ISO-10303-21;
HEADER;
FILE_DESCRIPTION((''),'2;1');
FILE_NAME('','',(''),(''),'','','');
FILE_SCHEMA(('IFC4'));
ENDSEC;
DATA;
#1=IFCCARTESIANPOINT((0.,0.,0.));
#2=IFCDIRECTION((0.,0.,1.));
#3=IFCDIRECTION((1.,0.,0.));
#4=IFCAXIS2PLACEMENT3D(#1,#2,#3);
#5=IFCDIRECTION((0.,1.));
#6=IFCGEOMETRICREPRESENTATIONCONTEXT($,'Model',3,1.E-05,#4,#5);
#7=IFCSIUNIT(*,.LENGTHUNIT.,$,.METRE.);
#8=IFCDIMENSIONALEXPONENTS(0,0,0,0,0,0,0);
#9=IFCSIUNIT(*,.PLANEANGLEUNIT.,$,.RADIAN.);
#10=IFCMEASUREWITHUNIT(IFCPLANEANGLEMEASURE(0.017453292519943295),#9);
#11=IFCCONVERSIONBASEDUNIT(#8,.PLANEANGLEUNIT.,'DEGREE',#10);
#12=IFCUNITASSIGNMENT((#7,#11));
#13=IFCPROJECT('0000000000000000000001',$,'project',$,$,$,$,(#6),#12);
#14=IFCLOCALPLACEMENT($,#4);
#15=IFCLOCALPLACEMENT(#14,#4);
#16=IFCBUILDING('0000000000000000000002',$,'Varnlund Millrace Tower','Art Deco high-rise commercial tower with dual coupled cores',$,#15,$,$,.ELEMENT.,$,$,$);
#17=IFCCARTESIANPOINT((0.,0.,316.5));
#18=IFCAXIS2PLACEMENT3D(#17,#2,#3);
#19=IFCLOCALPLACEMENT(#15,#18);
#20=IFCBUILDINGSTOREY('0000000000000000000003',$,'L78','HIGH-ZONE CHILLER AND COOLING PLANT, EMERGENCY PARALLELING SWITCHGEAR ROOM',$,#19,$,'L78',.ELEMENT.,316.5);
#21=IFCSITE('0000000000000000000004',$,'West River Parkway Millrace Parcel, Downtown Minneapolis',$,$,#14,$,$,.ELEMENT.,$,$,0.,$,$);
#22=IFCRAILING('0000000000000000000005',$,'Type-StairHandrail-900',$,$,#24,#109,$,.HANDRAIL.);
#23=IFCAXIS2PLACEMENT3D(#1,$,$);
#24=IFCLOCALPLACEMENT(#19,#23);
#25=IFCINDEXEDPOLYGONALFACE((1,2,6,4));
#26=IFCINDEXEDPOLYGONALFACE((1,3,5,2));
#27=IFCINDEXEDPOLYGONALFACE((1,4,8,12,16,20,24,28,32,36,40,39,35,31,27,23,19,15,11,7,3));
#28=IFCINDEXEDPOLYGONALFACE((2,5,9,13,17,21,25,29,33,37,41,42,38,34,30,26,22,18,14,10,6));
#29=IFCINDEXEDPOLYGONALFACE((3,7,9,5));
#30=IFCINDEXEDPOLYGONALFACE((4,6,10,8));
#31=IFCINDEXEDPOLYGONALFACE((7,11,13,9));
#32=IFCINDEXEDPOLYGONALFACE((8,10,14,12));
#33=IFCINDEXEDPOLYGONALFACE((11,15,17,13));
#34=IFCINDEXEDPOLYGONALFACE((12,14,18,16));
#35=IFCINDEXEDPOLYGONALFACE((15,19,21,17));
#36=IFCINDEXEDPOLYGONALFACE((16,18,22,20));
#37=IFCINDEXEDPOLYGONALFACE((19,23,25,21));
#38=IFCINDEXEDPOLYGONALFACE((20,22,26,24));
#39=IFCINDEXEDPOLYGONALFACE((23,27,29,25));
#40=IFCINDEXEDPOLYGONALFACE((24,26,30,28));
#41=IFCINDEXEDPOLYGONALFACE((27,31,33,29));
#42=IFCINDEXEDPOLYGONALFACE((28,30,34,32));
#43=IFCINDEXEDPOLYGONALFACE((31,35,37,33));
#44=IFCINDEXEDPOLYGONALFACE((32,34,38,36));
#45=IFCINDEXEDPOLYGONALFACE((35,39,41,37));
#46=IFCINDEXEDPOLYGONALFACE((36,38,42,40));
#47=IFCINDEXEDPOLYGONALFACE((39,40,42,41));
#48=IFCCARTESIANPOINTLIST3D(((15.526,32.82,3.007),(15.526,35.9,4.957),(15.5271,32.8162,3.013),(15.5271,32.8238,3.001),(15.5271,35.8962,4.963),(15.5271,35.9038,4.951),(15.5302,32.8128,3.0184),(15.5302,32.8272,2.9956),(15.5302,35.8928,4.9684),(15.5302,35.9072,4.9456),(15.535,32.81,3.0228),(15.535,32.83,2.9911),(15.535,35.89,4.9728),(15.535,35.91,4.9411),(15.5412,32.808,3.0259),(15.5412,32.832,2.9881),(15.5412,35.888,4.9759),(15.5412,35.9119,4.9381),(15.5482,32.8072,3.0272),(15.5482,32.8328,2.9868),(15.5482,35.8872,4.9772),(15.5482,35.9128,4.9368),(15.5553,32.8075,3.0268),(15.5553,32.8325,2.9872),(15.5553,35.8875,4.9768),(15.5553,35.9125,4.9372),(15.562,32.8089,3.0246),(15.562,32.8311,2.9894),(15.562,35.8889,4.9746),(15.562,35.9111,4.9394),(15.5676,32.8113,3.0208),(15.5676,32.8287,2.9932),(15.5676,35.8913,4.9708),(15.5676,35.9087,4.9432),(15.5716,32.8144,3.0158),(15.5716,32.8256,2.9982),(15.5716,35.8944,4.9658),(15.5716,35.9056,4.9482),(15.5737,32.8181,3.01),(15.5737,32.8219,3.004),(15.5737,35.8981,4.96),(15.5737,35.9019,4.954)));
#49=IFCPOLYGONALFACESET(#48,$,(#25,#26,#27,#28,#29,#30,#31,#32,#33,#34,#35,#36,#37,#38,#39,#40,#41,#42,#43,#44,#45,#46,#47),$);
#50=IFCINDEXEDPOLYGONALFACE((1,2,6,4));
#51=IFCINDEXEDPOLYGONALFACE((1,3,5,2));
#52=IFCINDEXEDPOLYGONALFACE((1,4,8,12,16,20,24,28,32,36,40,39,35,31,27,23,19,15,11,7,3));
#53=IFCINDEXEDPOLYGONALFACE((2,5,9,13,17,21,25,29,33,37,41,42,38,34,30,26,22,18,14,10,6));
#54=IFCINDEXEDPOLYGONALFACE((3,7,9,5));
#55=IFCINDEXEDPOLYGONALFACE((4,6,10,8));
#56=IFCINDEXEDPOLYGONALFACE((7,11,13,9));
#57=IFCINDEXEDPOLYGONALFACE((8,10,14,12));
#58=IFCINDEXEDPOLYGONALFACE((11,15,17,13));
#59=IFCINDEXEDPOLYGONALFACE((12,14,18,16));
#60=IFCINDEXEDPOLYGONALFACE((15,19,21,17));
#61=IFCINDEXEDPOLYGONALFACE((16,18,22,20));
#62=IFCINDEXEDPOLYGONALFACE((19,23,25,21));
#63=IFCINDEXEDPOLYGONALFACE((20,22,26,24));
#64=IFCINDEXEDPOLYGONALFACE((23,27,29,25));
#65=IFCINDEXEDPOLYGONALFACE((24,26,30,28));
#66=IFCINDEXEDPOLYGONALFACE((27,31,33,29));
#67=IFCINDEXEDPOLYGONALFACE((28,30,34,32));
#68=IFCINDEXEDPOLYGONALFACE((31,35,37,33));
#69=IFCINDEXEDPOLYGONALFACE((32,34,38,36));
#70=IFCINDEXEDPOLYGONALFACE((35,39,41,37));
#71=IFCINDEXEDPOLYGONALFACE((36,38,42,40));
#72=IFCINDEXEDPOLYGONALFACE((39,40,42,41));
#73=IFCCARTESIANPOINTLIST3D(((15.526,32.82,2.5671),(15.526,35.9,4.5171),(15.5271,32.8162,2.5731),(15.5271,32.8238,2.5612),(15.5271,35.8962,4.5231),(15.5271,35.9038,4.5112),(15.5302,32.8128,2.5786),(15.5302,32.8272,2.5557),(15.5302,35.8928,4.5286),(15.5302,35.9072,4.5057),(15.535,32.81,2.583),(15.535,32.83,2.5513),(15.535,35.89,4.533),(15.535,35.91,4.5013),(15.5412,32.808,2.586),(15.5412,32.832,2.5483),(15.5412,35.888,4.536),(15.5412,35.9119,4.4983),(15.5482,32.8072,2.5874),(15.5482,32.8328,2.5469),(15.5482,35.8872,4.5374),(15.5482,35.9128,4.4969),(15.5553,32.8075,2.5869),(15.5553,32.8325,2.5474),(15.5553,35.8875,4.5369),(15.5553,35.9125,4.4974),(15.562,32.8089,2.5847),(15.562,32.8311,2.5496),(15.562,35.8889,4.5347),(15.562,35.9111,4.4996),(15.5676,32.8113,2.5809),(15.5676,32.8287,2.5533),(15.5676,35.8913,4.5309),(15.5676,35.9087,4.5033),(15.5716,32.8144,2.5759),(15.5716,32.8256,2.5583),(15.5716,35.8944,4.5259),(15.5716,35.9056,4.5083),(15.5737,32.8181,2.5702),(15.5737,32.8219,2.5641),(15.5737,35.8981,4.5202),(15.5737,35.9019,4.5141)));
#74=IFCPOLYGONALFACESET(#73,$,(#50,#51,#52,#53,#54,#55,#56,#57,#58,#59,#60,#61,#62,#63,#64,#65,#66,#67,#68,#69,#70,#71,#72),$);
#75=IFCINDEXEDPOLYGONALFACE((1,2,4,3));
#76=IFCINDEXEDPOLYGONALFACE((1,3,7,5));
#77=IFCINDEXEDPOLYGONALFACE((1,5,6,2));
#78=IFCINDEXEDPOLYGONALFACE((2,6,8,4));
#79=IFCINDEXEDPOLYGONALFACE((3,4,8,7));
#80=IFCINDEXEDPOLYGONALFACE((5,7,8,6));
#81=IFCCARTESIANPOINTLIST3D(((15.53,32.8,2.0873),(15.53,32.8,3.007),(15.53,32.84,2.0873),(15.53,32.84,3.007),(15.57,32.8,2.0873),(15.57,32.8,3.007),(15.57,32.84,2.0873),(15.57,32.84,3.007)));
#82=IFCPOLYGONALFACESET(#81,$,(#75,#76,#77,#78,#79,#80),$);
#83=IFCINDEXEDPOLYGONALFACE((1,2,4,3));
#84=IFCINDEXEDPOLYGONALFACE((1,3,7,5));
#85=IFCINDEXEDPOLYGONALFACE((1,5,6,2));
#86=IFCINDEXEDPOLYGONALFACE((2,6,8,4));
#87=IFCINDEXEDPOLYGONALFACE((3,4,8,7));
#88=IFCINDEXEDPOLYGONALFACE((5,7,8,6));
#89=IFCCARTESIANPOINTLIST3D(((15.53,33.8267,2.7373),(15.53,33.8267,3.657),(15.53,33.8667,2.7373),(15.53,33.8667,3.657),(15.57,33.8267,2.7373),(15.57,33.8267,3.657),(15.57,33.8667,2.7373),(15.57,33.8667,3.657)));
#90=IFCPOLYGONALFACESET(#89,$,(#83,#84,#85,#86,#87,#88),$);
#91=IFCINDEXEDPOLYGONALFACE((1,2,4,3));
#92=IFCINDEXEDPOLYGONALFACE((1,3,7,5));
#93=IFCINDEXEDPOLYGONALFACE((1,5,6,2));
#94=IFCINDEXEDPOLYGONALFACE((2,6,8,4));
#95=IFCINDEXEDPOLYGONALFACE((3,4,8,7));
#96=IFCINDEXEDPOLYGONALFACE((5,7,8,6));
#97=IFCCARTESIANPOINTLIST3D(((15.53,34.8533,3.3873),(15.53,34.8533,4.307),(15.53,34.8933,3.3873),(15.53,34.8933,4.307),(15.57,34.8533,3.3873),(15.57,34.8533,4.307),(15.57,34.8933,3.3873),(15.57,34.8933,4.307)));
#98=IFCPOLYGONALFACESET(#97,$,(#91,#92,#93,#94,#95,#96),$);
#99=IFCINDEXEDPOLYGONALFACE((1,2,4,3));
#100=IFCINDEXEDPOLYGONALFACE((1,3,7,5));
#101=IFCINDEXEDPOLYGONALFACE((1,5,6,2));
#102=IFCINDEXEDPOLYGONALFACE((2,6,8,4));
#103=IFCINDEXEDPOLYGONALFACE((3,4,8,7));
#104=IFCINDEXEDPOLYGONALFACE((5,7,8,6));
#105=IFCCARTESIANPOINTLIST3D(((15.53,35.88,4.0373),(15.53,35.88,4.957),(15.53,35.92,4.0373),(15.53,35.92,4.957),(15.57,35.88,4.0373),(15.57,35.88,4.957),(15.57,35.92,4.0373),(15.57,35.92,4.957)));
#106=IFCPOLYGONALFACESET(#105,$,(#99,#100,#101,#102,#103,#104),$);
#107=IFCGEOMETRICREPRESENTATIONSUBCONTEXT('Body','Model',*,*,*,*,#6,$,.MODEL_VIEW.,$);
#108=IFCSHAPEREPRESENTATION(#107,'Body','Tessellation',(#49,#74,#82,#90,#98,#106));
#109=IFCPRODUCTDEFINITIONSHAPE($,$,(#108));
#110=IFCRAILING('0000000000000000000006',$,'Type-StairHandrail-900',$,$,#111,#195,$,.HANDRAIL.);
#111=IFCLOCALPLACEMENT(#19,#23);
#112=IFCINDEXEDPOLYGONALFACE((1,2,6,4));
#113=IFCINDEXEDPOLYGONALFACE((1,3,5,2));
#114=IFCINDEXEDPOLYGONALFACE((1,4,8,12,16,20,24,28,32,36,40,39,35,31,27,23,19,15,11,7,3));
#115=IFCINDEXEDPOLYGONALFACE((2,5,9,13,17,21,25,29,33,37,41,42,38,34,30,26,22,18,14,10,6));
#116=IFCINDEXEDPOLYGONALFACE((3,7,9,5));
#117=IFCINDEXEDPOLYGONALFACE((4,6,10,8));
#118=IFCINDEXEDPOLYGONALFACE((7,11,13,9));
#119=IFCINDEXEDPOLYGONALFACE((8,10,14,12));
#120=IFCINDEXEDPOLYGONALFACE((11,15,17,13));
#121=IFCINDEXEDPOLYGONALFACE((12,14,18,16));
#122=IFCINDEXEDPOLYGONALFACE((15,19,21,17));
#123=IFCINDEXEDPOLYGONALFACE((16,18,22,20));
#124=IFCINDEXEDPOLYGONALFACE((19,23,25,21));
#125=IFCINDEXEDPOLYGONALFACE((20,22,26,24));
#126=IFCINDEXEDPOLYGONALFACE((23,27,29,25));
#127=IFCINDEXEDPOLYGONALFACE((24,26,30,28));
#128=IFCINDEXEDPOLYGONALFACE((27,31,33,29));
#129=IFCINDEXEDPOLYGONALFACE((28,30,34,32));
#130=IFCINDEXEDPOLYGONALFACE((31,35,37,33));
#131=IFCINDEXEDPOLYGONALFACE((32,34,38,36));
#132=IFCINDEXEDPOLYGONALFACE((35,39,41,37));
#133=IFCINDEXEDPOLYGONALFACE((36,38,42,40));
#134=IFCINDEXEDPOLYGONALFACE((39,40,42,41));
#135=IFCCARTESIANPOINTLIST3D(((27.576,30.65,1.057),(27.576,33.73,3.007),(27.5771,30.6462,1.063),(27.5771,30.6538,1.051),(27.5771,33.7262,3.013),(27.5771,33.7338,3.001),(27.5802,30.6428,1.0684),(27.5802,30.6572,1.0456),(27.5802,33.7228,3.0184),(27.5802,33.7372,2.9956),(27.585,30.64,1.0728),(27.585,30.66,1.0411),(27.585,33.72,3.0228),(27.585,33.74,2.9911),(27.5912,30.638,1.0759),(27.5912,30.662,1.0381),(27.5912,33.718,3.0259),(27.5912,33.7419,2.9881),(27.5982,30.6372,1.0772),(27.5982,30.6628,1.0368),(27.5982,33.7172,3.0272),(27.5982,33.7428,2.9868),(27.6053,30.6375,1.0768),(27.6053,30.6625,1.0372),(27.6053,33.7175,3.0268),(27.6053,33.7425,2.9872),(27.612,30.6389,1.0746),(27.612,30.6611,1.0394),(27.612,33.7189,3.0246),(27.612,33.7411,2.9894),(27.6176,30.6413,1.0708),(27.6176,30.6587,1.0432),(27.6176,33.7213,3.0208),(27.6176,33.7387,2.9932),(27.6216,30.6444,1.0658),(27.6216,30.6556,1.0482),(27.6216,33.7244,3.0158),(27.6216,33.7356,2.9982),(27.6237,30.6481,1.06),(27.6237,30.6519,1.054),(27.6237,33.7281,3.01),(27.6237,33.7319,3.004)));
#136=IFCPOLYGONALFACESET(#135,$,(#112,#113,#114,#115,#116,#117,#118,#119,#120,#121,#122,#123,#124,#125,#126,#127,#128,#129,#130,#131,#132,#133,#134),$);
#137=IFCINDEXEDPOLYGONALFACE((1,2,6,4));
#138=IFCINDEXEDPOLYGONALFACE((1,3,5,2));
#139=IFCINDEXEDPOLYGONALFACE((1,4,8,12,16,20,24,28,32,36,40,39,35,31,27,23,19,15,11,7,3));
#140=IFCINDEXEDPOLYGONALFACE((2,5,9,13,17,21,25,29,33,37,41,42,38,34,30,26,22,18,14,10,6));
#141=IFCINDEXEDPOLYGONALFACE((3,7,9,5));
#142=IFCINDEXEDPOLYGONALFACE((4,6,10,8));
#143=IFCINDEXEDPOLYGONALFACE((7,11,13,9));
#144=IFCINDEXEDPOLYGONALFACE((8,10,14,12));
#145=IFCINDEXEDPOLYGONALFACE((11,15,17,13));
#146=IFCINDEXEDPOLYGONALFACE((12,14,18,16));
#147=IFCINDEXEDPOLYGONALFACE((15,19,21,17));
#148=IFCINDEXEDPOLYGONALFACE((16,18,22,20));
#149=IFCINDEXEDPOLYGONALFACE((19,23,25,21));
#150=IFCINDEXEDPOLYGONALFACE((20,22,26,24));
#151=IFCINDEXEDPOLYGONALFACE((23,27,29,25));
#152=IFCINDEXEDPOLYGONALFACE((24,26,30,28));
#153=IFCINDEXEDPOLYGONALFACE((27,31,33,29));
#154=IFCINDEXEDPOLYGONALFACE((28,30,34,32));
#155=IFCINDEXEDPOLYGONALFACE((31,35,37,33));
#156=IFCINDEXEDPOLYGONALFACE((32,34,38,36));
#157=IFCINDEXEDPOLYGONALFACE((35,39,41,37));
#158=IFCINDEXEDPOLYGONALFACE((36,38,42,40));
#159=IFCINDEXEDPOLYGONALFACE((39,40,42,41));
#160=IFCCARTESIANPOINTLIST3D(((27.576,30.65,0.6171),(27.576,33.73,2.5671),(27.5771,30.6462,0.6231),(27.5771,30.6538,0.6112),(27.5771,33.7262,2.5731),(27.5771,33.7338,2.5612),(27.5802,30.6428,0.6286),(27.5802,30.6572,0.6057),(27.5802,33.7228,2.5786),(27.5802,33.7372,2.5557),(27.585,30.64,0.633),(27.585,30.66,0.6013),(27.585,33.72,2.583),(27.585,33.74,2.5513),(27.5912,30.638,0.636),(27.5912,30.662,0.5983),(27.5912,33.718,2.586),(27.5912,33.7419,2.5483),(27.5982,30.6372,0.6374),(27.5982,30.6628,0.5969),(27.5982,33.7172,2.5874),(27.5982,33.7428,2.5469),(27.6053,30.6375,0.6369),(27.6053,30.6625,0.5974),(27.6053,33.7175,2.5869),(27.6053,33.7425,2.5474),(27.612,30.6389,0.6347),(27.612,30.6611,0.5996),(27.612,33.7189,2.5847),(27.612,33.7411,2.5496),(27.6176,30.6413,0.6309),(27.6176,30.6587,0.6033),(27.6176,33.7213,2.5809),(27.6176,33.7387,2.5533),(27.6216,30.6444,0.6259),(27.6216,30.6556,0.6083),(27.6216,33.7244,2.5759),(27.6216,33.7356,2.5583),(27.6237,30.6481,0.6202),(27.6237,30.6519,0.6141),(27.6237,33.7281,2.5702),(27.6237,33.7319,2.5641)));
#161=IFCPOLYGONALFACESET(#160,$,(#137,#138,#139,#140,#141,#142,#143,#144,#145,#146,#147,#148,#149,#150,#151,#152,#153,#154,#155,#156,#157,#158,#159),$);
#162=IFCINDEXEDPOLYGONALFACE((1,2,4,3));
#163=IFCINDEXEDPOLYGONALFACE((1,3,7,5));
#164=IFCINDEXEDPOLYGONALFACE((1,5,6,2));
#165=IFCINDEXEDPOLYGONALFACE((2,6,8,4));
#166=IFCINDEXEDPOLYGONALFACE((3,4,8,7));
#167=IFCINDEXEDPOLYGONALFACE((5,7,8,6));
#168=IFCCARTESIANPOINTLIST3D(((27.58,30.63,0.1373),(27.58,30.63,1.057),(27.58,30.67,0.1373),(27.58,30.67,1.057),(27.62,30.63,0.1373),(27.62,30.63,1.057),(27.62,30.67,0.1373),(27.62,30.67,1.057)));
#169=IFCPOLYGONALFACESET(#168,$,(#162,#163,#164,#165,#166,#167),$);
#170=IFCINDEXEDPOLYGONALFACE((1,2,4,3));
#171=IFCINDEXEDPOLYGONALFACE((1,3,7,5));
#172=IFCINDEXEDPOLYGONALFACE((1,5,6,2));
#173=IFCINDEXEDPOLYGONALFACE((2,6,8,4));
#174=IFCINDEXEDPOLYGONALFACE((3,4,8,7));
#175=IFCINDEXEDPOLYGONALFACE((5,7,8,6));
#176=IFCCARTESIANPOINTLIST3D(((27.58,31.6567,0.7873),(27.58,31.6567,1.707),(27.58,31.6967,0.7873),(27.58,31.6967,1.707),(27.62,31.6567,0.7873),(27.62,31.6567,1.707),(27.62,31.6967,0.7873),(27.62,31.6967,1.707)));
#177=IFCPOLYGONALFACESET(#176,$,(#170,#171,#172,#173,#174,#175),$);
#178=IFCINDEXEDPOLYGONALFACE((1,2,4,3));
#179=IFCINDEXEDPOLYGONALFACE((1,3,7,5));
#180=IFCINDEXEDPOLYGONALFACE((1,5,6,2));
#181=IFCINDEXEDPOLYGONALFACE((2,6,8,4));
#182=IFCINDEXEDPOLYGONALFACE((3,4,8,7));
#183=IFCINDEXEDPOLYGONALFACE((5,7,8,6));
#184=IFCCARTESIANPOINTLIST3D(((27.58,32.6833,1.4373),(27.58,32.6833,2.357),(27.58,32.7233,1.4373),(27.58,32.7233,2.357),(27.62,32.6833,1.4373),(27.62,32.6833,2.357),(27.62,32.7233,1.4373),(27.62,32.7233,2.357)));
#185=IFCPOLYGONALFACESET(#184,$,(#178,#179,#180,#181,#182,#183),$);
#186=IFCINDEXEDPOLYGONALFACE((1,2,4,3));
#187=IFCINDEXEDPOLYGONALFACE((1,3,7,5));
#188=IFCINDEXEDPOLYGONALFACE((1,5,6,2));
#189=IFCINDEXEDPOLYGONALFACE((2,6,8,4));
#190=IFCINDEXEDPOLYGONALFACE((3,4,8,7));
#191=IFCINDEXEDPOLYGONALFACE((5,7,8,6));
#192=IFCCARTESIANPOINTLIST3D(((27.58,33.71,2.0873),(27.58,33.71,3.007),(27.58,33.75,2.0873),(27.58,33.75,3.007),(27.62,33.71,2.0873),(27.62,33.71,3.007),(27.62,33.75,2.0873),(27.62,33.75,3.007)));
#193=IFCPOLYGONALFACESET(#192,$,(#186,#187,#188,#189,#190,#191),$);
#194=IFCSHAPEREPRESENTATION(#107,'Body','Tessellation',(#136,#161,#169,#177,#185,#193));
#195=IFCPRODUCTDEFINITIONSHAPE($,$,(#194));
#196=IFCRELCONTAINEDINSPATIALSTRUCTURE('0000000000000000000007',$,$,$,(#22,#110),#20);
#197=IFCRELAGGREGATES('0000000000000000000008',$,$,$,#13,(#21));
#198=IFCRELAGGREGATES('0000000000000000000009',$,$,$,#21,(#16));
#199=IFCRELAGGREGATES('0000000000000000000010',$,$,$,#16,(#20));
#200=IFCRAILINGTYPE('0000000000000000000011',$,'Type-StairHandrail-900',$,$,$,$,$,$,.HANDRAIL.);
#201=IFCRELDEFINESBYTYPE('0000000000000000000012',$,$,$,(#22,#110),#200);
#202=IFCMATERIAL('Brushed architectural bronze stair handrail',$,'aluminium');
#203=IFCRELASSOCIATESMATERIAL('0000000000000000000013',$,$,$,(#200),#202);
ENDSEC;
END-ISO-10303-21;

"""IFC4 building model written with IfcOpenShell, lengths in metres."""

from ifc_helpers import new_model, entity, si_unit, converted_unit, direction, frame, origin_with_axes, origin_2d_with_axis, place, context, subcontext, project, spatial, rectangle, circle, extrude, material, type_object, element, save


model = new_model("IFC4")

# Units and contexts
model_context = context("Model", 3, precision=1e-05, world=origin_with_axes(), true_north=direction((0.0, 1.0)))
body_context = subcontext(model_context, "Body", "Model", "MODEL_VIEW")
ifc_project = project(units=[si_unit("LENGTHUNIT", "METRE"), converted_unit("PLANEANGLEUNIT", "DEGREE", entity("IfcPlaneAngleMeasure", 0.017453292519943295), si_unit("PLANEANGLEUNIT", "RADIAN"), dimensions=[0, 0, 0, 0, 0, 0, 0])], contexts=[model_context])

# Site, building, storey
site_placement = place(None, origin_with_axes())
site = spatial("IfcSite", under=ifc_project, at=site_placement, Name="West River Parkway Millrace Parcel, Downtown Minneapolis", CompositionType="ELEMENT", RefElevation=0.0)
building_placement = place(site_placement, origin_with_axes())
building = spatial("IfcBuilding", under=site, at=building_placement, Name="Varnlund Millrace Tower", Description="Art Deco high-rise commercial tower with dual coupled cores", CompositionType="ELEMENT")
storey_placement = place(building_placement, frame((0.0, 0.0, 316.5), z_axis=(0.0, 0.0, 1.0), x_axis=(1.0, 0.0, 0.0)))
storey = spatial("IfcBuildingStorey", under=building, at=storey_placement, Name="L78", Description="HIGH-ZONE CHILLER AND COOLING PLANT, EMERGENCY PARALLELING SWITCHGEAR ROOM", LongName="L78", CompositionType="ELEMENT", Elevation=316.5)

# Railings
ifc_material_1 = material(Name="Brushed architectural bronze stair handrail", Category="aluminium")
railing_type_1 = type_object("IfcRailingType", Name="Type-StairHandrail-900", PredefinedType="HANDRAIL", material=ifc_material_1)
railing_1_placement = place(storey_placement, frame((0.0, 0.0, -316.5), z_axis=(0.0, 0.0, 1.0), x_axis=(1.0, 0.0, 0.0)))
element("IfcRailing", 1, at=railing_1_placement, inside=storey, type_object=railing_type_1, Name="Type-StairHandrail-900", PredefinedType="HANDRAIL", context=body_context, shape_type="SweptSolid", body=[
    extrude(circle(Radius=0.024, at=origin_2d_with_axis()), frame((15.55, 32.82, 319.507), z_axis=(0.0, 0.844902, 0.534922), x_axis=(-1.0, 0.0, 0.0)), (0.0, 0.0, 1.0), 3.6454),
    extrude(circle(Radius=0.024, at=origin_2d_with_axis()), frame((15.55, 32.82, 319.0671), z_axis=(0.0, 0.844902, 0.534922), x_axis=(-1.0, 0.0, 0.0)), (0.0, 0.0, 1.0), 3.6454),
    extrude(rectangle(XDim=0.04, YDim=0.04, at=origin_2d_with_axis()), frame((15.55, 32.82, 318.5873), z_axis=(0.0, 0.0, 1.0), x_axis=(1.0, 0.0, 0.0)), (0.0, 0.0, 1.0), 0.9197),
    extrude(rectangle(XDim=0.04, YDim=0.04, at=origin_2d_with_axis()), frame((15.55, 33.8467, 319.2373), z_axis=(0.0, 0.0, 1.0), x_axis=(1.0, 0.0, 0.0)), (0.0, 0.0, 1.0), 0.9197),
    extrude(rectangle(XDim=0.04, YDim=0.04, at=origin_2d_with_axis()), frame((15.55, 34.8733, 319.8873), z_axis=(0.0, 0.0, 1.0), x_axis=(1.0, 0.0, 0.0)), (0.0, 0.0, 1.0), 0.9197),
    extrude(rectangle(XDim=0.04, YDim=0.04, at=origin_2d_with_axis()), frame((15.55, 35.9, 320.5373), z_axis=(0.0, 0.0, 1.0), x_axis=(1.0, 0.0, 0.0)), (0.0, 0.0, 1.0), 0.9197),
])
railing_2_placement = place(storey_placement, frame((0.0, 0.0, -316.5), z_axis=(0.0, 0.0, 1.0), x_axis=(1.0, 0.0, 0.0)))
element("IfcRailing", 2, at=railing_2_placement, inside=storey, type_object=railing_type_1, Name="Type-StairHandrail-900", PredefinedType="HANDRAIL", context=body_context, shape_type="SweptSolid", body=[
    extrude(circle(Radius=0.024, at=origin_2d_with_axis()), frame((27.6, 30.65, 317.557), z_axis=(0.0, 0.844902, 0.534922), x_axis=(-1.0, 0.0, 0.0)), (0.0, 0.0, 1.0), 3.6454),
    extrude(circle(Radius=0.024, at=origin_2d_with_axis()), frame((27.6, 30.65, 317.1171), z_axis=(0.0, 0.844902, 0.534922), x_axis=(-1.0, 0.0, 0.0)), (0.0, 0.0, 1.0), 3.6454),
    extrude(rectangle(XDim=0.04, YDim=0.04, at=origin_2d_with_axis()), frame((27.6, 30.65, 316.6373), z_axis=(0.0, 0.0, 1.0), x_axis=(1.0, 0.0, 0.0)), (0.0, 0.0, 1.0), 0.9197),
    extrude(rectangle(XDim=0.04, YDim=0.04, at=origin_2d_with_axis()), frame((27.6, 31.6767, 317.2873), z_axis=(0.0, 0.0, 1.0), x_axis=(1.0, 0.0, 0.0)), (0.0, 0.0, 1.0), 0.9197),
    extrude(rectangle(XDim=0.04, YDim=0.04, at=origin_2d_with_axis()), frame((27.6, 32.7033, 317.9373), z_axis=(0.0, 0.0, 1.0), x_axis=(1.0, 0.0, 0.0)), (0.0, 0.0, 1.0), 0.9197),
    extrude(rectangle(XDim=0.04, YDim=0.04, at=origin_2d_with_axis()), frame((27.6, 33.73, 318.5873), z_axis=(0.0, 0.0, 1.0), x_axis=(1.0, 0.0, 0.0)), (0.0, 0.0, 1.0), 0.9197),
])

save(model, "model.ifc")
